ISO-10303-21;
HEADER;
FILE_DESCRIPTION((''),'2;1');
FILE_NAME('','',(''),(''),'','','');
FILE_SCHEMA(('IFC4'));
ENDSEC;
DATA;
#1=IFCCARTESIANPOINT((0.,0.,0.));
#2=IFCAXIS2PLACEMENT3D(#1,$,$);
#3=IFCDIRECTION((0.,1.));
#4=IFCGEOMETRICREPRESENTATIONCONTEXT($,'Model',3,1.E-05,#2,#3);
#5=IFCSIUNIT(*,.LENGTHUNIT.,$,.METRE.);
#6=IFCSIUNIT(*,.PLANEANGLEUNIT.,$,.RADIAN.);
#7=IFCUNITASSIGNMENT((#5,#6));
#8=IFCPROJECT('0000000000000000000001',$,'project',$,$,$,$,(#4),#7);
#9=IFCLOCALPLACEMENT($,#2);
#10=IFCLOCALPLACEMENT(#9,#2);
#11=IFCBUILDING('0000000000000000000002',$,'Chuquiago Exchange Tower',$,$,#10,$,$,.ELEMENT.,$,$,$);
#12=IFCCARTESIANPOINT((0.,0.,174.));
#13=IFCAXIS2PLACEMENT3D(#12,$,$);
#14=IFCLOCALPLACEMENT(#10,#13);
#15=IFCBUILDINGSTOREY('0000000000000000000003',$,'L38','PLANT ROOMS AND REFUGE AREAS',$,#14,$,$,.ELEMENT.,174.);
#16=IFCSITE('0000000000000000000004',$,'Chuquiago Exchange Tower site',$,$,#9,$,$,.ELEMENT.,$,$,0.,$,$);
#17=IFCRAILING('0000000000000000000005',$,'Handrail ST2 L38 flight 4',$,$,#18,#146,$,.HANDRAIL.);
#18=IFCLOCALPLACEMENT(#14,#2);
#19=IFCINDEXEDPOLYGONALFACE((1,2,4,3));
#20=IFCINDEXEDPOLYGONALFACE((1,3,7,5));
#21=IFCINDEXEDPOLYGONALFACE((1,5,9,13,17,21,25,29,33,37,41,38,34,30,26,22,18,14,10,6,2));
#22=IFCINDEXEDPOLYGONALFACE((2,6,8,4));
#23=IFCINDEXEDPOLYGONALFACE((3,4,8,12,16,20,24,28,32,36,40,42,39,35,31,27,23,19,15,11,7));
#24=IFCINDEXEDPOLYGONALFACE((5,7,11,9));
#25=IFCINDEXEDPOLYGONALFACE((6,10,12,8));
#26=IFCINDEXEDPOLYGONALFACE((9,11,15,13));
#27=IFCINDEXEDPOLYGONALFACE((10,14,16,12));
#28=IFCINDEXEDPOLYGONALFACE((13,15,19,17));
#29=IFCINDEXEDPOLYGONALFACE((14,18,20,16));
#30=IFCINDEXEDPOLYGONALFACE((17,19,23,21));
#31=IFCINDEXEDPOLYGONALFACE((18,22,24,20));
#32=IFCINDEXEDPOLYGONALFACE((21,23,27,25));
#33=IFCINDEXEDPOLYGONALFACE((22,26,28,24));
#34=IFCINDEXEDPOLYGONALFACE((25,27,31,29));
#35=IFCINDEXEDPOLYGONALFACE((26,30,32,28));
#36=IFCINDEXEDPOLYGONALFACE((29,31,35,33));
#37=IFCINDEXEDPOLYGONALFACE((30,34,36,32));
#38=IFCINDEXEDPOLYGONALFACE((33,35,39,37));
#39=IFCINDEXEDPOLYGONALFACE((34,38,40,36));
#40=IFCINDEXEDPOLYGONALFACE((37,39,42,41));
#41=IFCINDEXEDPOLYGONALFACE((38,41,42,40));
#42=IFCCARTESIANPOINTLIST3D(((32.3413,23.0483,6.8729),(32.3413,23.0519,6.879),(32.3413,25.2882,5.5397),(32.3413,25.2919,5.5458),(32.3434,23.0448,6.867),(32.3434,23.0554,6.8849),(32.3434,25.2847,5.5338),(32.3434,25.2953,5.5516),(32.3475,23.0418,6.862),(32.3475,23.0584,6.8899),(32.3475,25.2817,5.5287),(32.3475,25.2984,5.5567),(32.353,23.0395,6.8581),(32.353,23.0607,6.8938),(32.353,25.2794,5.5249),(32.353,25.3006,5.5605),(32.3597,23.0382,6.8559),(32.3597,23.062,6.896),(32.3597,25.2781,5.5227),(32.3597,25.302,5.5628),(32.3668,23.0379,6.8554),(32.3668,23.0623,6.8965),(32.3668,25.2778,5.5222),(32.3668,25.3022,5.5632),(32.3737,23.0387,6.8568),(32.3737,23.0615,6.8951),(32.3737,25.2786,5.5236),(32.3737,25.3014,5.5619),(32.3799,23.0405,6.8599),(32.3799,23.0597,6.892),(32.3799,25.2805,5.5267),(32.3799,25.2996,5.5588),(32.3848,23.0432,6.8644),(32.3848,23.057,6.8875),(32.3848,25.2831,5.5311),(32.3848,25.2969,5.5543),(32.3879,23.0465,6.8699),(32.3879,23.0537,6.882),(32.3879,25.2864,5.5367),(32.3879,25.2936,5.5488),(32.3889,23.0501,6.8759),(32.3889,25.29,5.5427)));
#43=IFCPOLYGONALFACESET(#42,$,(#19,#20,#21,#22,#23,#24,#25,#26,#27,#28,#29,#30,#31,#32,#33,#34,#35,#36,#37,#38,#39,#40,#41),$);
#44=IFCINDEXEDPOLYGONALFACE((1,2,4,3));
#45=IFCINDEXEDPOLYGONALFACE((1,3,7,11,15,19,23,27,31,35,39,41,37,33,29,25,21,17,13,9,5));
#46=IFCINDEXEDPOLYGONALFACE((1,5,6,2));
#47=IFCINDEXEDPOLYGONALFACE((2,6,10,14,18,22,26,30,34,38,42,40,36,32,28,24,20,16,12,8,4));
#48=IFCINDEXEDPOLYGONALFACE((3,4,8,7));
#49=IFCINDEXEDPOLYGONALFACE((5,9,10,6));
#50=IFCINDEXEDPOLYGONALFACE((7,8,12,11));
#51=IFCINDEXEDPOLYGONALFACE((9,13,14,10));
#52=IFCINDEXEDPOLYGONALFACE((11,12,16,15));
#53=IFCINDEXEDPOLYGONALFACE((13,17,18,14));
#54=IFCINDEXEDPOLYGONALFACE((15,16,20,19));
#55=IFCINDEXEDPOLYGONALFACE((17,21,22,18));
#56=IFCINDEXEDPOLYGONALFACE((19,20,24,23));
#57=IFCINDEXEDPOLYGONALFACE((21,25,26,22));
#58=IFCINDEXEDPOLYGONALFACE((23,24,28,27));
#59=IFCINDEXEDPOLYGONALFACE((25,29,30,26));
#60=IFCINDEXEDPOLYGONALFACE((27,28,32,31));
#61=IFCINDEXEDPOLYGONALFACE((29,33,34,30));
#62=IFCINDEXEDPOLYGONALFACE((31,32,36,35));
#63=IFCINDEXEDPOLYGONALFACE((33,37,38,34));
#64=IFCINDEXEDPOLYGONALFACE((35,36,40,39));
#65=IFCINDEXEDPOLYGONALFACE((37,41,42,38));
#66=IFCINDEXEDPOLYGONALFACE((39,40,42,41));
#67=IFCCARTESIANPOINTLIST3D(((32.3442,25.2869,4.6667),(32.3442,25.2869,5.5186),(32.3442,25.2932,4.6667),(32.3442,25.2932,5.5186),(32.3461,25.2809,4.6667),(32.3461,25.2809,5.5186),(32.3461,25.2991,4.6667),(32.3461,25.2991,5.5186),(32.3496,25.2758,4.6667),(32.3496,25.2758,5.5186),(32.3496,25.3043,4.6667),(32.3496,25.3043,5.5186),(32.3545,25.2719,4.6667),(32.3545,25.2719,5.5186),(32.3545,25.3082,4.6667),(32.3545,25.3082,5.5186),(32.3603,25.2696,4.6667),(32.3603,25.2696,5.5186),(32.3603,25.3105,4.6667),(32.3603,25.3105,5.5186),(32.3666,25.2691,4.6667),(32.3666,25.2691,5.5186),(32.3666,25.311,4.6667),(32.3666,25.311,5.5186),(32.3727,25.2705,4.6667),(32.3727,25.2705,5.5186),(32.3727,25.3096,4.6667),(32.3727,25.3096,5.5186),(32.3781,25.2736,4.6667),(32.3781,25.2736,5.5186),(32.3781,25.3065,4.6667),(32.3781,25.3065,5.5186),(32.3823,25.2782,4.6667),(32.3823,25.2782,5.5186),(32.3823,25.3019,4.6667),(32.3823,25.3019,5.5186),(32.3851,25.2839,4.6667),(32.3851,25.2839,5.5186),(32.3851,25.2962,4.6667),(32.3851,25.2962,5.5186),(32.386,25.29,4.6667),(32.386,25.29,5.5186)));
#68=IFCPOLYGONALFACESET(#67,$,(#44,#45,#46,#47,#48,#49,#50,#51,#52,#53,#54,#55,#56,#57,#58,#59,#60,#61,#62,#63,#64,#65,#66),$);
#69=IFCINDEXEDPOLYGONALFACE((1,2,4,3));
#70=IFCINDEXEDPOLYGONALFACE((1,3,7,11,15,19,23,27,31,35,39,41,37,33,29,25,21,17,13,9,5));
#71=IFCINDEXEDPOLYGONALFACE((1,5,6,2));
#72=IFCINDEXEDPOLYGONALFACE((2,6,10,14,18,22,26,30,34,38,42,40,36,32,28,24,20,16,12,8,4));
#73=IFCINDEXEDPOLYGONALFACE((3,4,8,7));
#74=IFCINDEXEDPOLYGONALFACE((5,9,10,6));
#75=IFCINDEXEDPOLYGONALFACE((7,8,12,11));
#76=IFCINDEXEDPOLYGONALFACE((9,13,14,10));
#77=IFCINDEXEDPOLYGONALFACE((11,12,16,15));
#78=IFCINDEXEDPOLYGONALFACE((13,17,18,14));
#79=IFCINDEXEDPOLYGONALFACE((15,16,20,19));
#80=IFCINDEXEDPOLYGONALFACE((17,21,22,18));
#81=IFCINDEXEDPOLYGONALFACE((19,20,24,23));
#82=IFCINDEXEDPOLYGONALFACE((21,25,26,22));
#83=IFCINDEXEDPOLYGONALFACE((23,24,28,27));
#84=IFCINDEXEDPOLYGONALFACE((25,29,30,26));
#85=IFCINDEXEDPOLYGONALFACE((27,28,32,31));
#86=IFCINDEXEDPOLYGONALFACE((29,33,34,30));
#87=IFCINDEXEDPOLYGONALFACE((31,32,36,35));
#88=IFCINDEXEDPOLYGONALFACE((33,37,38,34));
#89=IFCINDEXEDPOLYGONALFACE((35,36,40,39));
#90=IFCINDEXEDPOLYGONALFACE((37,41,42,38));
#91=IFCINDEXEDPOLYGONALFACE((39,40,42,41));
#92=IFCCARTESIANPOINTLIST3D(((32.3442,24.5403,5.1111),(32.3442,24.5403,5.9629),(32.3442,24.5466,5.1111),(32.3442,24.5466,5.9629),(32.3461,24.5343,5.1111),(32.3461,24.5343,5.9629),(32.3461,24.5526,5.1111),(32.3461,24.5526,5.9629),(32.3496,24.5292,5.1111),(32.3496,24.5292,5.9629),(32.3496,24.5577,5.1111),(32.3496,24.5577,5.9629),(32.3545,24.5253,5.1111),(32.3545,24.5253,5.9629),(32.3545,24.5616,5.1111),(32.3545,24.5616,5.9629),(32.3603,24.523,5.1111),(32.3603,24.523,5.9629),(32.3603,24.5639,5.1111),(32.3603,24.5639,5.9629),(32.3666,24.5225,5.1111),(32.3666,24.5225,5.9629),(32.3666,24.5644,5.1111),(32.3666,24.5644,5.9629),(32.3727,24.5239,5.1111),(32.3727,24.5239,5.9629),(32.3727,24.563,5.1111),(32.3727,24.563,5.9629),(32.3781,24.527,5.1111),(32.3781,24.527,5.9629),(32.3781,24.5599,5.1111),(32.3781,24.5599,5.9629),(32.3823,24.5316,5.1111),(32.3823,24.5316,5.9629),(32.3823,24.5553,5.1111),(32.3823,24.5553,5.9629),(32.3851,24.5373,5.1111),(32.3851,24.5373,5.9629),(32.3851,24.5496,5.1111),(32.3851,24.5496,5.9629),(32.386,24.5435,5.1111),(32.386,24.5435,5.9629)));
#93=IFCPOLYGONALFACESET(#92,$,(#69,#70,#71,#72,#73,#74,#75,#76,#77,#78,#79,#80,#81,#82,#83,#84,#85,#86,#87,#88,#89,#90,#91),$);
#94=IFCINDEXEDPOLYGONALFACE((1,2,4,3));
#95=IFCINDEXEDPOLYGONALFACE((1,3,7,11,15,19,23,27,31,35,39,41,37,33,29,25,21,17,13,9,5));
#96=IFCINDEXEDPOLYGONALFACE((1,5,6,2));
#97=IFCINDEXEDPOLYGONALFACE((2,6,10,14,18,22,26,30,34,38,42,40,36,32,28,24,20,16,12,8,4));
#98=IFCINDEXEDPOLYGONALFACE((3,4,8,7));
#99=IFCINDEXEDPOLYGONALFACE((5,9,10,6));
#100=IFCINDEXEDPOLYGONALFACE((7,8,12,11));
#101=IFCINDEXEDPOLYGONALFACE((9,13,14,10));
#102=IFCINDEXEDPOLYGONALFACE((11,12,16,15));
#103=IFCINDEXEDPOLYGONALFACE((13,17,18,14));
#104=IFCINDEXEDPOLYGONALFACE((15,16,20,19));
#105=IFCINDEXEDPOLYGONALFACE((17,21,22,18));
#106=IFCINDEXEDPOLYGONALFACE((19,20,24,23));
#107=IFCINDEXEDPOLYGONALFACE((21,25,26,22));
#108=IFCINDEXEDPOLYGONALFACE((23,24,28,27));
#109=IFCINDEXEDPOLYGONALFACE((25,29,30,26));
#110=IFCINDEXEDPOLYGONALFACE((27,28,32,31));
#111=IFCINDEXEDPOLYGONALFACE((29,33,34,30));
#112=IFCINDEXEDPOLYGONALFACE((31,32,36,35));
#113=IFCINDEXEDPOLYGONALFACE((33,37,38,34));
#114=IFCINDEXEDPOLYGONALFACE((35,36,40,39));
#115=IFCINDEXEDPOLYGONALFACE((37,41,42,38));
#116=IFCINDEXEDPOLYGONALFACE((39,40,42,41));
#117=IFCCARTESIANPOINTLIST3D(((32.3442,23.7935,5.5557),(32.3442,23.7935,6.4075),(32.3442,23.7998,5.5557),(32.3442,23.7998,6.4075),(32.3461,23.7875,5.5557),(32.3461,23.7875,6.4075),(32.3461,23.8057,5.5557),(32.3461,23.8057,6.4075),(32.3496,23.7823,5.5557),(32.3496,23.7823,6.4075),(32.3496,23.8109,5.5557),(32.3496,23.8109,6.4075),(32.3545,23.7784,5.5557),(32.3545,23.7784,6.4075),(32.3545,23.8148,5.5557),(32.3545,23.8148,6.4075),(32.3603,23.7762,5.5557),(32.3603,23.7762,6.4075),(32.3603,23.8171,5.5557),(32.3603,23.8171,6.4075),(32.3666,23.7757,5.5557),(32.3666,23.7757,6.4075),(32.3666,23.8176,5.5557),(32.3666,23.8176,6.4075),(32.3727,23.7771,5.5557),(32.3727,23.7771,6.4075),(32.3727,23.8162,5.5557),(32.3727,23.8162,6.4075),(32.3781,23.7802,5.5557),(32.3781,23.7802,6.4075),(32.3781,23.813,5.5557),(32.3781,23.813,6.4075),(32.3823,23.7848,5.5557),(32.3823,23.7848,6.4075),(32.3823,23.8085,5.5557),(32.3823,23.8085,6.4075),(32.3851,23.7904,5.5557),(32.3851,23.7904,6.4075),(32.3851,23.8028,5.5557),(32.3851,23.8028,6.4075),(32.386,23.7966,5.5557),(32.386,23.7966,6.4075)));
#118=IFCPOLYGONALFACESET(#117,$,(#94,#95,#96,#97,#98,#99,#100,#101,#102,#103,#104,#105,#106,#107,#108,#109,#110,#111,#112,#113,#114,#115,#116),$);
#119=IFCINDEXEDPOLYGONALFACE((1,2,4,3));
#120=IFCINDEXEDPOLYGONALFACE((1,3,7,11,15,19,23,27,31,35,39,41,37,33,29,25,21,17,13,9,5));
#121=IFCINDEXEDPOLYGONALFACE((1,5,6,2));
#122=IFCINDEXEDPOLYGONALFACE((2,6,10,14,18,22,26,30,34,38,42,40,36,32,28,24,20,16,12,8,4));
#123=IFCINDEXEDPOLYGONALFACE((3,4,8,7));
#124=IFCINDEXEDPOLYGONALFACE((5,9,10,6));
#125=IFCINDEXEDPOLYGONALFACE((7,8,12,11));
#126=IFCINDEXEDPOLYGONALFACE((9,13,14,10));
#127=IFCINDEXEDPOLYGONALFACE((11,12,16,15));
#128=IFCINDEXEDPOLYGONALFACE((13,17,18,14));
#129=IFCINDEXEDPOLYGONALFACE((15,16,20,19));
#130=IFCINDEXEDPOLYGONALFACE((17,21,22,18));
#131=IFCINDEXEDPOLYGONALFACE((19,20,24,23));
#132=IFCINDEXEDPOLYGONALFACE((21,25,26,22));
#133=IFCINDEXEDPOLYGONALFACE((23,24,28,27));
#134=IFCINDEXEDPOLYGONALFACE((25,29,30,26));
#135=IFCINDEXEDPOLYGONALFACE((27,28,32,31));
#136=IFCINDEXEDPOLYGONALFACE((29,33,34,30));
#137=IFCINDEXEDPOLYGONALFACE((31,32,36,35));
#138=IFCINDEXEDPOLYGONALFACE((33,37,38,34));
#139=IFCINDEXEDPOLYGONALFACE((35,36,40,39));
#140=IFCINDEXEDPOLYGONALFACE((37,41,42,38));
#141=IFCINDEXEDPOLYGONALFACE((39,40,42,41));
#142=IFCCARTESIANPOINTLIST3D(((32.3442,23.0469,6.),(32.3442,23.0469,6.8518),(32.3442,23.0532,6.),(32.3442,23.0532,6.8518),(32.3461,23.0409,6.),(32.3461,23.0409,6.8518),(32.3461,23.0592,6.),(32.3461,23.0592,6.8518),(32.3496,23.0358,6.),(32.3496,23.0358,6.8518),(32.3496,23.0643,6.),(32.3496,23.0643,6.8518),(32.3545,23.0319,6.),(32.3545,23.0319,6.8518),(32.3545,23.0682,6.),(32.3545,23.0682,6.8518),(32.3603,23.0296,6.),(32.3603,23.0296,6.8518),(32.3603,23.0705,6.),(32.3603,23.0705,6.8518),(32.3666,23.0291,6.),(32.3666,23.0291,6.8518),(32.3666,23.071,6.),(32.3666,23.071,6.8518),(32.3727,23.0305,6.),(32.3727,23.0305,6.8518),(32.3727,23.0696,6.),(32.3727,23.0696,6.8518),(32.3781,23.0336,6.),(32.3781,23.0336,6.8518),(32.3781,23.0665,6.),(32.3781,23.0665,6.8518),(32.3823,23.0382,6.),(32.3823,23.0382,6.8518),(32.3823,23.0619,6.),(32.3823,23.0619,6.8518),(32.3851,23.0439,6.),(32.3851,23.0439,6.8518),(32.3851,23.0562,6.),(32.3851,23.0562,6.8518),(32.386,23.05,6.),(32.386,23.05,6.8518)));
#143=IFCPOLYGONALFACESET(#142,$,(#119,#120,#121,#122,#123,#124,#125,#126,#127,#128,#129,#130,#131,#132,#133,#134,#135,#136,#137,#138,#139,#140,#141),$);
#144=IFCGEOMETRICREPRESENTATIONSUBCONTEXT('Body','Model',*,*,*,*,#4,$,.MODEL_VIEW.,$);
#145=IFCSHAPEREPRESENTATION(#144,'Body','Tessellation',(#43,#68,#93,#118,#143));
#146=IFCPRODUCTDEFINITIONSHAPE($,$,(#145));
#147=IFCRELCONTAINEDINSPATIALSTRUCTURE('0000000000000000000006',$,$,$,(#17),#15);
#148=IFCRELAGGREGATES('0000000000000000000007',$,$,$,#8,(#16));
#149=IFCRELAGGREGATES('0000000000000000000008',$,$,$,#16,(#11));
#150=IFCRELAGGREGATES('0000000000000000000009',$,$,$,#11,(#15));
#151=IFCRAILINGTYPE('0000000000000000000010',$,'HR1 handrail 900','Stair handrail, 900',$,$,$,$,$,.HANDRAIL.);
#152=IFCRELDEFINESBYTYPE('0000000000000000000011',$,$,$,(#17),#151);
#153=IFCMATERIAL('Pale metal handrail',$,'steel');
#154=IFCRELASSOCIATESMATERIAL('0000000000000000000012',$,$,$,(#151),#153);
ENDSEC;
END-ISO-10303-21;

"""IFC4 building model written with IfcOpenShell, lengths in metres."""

from ifc_helpers import new_model, si_unit, direction, frame, origin, origin_2d, place, context, subcontext, project, spatial, circle, extrude, material, type_object, element, save


model = new_model("IFC4")

# Units and contexts
model_context = context("Model", 3, precision=1e-05, world=origin(), true_north=direction((0.0, 1.0)))
body_context = subcontext(model_context, "Body", "Model", "MODEL_VIEW")
ifc_project = project(units=[si_unit("LENGTHUNIT", "METRE"), si_unit("PLANEANGLEUNIT", "RADIAN")], contexts=[model_context])

# Site, building, storey
site_placement = place(None, origin())
site = spatial("IfcSite", under=ifc_project, at=site_placement, Name="Chuquiago Exchange Tower site", CompositionType="ELEMENT", RefElevation=0.0)
building_placement = place(site_placement, origin())
building = spatial("IfcBuilding", under=site, at=building_placement, Name="Chuquiago Exchange Tower", CompositionType="ELEMENT")
storey_placement = place(building_placement, frame((0.0, 0.0, 174.0)))
storey = spatial("IfcBuildingStorey", under=building, at=storey_placement, Name="L38", Description="PLANT ROOMS AND REFUGE AREAS", CompositionType="ELEMENT", Elevation=174.0)

# Railing
ifc_material_1 = material(Name="Pale metal handrail", Category="steel")
railing_type_1 = type_object("IfcRailingType", Name="HR1 handrail 900", Description="Stair handrail, 900", PredefinedType="HANDRAIL", material=ifc_material_1)
for number, where, name in (
    (1, (32.365, 25.29, 4.6667), "Handrail ST2 L38 flight 4"),
):
    element("IfcRailing", number, at=place(storey_placement, frame(where)), inside=storey, type_object=railing_type_1, Name=name, PredefinedType="HANDRAIL", context=body_context, shape_type="SweptSolid", body=[
        extrude(circle(Radius=0.0239, at=origin_2d()), frame((0.0, 0.0, 0.876), z_axis=(0.0, -0.859306, 0.511462), x_axis=(1.0, 0.0, 0.0)), (0.0, 0.0, 1.0), 2.6067),
        extrude(circle(Radius=0.021, at=origin_2d()), origin(), (0.0, 0.0, 1.0), 0.8518),
        extrude(circle(Radius=0.021, at=origin_2d()), frame((0.0, -0.7466, 0.4443)), (0.0, 0.0, 1.0), 0.8518),
        extrude(circle(Radius=0.021, at=origin_2d()), frame((0.0, -1.4934, 0.8889)), (0.0, 0.0, 1.0), 0.8518),
        extrude(circle(Radius=0.021, at=origin_2d()), frame((0.0, -2.24, 1.3333)), (0.0, 0.0, 1.0), 0.8518),
    ])

save(model, "model.ifc")
